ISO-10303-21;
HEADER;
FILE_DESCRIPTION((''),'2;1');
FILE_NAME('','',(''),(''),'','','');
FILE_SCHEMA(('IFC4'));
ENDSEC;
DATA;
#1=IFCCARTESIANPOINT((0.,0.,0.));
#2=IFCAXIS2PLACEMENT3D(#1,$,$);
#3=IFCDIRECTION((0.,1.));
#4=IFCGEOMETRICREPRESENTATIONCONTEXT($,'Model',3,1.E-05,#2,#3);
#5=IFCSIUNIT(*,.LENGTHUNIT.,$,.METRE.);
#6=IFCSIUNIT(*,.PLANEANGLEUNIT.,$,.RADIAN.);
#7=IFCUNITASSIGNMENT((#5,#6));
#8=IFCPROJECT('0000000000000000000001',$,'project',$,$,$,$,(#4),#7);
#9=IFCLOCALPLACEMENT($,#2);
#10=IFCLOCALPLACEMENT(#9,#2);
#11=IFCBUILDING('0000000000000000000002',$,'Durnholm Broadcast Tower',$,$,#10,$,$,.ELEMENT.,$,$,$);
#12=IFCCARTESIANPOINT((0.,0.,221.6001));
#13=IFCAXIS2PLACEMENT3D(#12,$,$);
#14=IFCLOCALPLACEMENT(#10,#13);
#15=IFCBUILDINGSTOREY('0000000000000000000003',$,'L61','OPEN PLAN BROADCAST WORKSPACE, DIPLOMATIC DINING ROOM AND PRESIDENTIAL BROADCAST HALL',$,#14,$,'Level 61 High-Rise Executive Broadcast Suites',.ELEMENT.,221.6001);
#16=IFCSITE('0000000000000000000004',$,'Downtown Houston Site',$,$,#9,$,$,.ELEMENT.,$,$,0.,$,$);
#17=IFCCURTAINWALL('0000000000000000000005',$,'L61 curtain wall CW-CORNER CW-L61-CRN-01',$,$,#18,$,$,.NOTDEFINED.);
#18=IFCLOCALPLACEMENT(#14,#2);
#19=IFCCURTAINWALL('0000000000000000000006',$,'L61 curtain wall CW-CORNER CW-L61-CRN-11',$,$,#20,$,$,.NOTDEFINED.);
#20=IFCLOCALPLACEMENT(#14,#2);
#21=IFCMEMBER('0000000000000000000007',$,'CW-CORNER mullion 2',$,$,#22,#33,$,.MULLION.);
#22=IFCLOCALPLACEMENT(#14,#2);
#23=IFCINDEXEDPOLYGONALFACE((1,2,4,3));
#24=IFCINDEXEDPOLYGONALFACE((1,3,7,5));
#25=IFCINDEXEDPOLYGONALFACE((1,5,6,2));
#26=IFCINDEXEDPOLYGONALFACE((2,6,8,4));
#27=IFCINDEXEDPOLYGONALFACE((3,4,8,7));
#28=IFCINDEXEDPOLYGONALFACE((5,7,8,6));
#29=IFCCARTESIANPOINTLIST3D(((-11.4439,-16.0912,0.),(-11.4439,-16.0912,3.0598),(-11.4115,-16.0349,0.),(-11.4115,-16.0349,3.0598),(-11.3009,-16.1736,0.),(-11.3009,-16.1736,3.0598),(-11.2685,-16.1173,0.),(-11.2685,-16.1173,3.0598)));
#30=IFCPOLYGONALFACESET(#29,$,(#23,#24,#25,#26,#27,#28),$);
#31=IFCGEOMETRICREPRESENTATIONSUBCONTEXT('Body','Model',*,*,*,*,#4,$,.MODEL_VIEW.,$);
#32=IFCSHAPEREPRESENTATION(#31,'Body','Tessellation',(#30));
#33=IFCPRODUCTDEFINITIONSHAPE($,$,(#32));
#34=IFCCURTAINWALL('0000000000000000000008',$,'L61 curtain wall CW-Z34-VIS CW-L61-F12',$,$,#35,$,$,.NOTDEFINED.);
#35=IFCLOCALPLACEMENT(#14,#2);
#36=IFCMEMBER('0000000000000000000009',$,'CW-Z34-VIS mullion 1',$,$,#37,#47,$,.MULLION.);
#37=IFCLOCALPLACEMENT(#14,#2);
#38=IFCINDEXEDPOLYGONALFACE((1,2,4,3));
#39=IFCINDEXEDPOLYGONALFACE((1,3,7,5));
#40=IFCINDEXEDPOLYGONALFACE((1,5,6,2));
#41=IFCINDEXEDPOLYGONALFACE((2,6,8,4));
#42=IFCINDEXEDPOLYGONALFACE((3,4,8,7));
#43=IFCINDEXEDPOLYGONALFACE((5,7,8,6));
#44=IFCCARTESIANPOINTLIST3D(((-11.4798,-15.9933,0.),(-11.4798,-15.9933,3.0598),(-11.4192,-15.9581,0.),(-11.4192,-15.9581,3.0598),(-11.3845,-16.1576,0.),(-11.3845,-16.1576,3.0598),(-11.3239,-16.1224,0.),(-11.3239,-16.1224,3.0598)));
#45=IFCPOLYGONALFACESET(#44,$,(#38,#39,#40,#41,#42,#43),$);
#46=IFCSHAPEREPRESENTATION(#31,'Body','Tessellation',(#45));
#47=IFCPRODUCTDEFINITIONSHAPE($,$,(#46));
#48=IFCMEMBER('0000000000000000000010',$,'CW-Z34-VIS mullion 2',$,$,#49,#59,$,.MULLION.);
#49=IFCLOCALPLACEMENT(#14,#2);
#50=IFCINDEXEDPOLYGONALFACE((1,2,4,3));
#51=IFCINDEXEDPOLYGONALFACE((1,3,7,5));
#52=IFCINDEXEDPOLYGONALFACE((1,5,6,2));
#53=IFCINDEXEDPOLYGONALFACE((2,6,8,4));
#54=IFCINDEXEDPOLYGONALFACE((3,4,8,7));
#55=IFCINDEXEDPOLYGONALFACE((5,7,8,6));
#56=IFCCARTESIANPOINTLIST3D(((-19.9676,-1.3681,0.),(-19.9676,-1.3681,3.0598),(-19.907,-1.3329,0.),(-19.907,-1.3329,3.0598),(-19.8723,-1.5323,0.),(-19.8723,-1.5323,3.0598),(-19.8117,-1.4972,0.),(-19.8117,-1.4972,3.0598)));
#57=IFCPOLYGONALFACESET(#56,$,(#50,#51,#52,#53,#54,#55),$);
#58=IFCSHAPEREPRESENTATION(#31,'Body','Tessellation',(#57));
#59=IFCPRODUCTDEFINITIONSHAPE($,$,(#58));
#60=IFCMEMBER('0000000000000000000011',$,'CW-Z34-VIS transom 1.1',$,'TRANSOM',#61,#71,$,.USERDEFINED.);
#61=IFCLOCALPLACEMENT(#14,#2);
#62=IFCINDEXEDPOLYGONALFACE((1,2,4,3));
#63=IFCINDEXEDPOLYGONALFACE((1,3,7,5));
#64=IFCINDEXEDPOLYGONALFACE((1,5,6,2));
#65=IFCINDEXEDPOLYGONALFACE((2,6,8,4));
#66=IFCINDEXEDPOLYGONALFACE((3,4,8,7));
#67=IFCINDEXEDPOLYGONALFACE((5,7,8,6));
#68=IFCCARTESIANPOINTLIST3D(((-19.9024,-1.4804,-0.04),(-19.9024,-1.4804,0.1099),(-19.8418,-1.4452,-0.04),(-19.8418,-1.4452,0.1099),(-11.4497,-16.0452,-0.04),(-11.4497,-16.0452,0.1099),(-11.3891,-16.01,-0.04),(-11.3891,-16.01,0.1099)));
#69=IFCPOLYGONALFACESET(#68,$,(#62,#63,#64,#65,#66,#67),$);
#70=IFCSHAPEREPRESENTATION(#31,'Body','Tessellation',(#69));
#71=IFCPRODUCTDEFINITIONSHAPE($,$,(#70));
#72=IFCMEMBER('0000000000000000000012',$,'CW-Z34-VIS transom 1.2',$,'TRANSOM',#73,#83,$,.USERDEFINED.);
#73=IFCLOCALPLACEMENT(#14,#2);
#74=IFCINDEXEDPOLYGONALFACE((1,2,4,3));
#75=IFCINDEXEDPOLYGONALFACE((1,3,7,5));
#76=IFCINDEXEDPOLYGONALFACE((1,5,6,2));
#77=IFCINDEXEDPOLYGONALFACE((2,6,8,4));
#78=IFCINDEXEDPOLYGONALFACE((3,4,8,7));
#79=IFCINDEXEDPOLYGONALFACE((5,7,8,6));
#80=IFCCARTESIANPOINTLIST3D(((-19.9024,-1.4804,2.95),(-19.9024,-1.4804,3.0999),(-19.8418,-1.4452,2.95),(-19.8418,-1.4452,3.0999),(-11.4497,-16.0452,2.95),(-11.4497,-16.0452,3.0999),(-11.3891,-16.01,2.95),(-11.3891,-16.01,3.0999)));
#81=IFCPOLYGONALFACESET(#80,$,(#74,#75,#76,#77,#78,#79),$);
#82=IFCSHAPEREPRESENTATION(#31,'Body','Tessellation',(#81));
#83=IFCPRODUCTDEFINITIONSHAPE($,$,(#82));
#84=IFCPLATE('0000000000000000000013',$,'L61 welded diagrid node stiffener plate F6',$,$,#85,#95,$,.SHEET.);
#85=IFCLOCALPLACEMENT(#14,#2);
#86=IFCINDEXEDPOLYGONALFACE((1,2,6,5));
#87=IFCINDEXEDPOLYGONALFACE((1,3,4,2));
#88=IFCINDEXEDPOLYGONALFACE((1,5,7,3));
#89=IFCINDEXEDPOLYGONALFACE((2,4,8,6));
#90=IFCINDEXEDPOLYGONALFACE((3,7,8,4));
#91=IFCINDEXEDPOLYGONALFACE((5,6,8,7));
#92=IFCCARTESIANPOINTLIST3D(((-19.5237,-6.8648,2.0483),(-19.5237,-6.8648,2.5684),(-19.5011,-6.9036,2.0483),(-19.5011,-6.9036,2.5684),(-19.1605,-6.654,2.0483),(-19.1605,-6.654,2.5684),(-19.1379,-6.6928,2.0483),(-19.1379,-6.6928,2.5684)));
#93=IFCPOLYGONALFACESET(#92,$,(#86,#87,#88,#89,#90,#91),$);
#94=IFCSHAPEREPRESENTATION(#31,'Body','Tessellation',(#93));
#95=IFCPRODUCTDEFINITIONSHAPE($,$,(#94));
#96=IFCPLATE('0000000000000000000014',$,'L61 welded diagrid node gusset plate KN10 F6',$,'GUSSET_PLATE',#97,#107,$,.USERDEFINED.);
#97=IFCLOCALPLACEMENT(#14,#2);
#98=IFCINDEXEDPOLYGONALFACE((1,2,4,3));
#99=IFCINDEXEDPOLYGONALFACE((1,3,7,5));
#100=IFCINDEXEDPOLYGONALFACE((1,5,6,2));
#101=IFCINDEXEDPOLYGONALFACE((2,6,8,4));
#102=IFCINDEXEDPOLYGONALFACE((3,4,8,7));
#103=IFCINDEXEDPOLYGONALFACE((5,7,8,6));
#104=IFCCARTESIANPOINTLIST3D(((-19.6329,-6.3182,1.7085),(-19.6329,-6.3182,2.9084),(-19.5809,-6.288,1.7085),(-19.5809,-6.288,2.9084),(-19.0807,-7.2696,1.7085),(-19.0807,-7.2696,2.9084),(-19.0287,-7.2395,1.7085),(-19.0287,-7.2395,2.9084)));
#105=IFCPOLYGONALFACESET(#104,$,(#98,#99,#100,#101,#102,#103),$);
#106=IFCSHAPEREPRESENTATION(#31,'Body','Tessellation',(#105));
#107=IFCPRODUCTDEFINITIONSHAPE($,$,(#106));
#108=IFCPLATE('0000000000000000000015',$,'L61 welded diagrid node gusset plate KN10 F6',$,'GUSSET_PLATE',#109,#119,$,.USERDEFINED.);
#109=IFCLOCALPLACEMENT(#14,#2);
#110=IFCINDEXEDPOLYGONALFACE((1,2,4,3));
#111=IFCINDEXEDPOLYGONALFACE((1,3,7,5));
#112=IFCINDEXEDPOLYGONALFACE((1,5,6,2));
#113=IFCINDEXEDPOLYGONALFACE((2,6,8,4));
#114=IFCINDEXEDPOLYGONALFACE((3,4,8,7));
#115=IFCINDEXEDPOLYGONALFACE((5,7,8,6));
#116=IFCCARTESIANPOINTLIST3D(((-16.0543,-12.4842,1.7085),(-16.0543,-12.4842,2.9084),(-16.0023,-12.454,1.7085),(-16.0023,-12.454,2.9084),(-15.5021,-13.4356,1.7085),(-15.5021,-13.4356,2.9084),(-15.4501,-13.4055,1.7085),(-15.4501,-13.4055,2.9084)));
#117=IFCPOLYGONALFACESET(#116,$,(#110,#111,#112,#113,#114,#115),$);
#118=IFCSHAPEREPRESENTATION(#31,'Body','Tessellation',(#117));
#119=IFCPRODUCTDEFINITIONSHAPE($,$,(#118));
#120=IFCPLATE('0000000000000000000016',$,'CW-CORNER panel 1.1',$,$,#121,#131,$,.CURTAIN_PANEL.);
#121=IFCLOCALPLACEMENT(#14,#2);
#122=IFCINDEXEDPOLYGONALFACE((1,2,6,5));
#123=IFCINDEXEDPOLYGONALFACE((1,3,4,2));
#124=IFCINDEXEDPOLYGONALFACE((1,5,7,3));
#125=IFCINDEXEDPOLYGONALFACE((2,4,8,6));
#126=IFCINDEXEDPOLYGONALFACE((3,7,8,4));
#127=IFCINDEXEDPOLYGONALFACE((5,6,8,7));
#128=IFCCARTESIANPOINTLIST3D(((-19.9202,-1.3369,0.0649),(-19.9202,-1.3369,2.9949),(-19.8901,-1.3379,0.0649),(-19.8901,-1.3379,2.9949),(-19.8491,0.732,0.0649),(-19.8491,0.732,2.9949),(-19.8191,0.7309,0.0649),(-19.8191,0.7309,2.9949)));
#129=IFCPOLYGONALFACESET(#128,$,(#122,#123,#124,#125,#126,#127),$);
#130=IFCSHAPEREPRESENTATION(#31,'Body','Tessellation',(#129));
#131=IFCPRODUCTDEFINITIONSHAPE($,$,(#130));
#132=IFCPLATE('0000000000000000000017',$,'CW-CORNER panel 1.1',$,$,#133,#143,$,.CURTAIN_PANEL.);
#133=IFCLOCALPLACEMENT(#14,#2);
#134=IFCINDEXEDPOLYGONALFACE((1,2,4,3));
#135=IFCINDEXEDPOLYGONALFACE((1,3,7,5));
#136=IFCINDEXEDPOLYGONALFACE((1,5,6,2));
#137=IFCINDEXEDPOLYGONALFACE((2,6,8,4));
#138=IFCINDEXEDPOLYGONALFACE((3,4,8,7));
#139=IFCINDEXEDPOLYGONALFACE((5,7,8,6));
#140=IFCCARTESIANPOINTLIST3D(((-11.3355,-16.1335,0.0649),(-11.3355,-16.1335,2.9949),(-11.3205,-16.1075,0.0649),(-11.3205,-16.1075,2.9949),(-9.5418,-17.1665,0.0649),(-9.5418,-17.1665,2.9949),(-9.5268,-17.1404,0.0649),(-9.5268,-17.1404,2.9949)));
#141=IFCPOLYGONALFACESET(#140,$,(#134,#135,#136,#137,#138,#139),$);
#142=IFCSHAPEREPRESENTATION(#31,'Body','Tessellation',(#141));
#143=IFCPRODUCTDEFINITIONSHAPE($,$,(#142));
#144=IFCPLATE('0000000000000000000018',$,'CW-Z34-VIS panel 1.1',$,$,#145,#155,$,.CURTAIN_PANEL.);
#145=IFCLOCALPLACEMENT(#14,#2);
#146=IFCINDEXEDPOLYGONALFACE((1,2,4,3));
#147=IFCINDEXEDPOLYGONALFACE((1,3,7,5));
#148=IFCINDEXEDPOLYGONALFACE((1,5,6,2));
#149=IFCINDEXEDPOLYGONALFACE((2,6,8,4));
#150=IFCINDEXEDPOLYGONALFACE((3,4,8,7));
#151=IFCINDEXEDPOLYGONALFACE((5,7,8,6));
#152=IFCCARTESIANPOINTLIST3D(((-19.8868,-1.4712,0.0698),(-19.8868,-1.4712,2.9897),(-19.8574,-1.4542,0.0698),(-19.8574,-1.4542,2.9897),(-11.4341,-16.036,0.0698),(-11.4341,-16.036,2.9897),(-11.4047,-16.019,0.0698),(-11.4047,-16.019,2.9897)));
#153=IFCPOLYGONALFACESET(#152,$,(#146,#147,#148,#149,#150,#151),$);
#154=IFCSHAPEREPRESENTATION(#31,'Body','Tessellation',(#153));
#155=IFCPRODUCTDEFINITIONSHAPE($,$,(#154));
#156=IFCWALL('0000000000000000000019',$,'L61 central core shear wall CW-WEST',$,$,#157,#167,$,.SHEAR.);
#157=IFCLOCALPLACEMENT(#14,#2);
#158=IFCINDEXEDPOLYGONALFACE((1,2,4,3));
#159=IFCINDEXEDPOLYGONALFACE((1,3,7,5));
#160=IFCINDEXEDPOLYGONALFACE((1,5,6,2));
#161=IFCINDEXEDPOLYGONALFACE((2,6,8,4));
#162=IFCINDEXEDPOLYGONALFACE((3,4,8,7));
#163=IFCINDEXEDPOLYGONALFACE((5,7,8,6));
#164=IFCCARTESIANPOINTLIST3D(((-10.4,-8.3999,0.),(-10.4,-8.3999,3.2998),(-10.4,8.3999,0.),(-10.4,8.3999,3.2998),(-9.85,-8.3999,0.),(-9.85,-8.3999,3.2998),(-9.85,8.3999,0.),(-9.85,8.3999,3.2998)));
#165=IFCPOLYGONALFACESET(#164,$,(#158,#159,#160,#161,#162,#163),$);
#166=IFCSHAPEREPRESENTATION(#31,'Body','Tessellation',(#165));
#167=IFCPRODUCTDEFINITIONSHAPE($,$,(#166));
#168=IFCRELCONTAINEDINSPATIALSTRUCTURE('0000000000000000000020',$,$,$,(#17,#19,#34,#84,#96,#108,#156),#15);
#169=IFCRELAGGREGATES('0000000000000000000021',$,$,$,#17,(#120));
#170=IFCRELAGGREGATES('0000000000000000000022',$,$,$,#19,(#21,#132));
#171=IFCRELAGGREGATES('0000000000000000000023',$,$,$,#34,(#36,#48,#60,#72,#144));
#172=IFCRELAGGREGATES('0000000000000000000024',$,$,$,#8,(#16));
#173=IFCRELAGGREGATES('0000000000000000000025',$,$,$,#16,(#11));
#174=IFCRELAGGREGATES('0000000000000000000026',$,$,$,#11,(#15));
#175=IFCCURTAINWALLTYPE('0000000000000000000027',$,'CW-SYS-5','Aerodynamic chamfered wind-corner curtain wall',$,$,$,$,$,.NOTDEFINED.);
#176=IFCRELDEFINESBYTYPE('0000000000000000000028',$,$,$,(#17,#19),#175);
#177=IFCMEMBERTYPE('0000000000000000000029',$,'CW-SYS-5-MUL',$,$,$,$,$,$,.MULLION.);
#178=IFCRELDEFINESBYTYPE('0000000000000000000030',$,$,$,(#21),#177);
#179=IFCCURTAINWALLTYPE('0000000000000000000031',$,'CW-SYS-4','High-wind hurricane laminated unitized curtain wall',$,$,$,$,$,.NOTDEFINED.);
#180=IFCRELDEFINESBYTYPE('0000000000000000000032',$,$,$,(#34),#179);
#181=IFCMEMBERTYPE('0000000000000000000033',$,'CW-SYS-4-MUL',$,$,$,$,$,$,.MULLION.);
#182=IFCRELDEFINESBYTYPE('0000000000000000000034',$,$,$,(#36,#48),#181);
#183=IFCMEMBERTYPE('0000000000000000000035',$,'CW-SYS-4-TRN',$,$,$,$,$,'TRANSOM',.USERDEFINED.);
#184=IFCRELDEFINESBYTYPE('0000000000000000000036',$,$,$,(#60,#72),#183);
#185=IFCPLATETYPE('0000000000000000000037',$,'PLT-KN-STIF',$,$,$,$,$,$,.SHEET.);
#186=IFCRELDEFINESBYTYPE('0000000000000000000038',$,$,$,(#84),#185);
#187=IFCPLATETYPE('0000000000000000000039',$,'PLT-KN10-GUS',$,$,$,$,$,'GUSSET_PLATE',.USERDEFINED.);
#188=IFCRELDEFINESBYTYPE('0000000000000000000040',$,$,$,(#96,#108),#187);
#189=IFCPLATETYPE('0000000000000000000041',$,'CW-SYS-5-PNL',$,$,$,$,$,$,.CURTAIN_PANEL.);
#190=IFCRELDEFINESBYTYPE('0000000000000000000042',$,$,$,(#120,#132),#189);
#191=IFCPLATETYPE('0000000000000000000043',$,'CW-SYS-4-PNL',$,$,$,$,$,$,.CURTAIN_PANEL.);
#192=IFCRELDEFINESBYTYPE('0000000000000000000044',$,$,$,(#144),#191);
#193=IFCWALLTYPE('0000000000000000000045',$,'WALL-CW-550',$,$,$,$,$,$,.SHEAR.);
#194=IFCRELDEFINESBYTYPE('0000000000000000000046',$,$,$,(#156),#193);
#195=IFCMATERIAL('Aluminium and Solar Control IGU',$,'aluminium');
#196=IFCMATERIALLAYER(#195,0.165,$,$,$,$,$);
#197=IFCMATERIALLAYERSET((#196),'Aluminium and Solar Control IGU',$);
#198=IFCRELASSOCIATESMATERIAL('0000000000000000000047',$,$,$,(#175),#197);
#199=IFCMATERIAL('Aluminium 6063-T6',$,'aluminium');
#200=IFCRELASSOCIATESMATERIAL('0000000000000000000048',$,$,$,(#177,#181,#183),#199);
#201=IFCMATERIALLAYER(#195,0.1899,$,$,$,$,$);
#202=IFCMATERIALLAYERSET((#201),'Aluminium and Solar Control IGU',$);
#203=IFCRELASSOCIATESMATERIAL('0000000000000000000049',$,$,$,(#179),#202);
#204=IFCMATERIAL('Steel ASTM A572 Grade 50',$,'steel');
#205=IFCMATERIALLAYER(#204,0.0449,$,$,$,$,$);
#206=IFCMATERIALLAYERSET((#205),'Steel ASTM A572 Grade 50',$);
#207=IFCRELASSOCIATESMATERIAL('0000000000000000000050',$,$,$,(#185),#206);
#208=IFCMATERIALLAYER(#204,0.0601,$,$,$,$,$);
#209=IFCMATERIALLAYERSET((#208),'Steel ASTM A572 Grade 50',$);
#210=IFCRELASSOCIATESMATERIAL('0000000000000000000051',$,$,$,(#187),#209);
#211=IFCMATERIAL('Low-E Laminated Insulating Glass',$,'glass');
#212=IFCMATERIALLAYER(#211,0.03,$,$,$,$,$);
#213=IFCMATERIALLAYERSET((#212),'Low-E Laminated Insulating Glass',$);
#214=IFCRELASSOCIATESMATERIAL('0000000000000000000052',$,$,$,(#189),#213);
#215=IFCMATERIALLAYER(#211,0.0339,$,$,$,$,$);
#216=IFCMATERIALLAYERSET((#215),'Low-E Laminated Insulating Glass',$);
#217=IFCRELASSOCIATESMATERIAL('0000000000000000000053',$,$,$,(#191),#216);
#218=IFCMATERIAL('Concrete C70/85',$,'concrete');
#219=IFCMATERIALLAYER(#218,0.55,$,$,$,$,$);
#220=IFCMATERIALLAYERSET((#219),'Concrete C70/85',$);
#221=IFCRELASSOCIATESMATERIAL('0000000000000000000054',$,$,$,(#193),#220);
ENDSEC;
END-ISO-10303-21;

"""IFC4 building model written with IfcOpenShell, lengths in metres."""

from ifc_helpers import new_model, si_unit, direction, frame, frame_2d, origin, origin_2d, place, context, subcontext, project, spatial, rectangle, extrude, source, transform, mapped, material, layer, layer_set, material_profile, profile_set, type_object, type_shapes, element, aggregate, save


model = new_model("IFC4")

# Units and contexts
model_context = context("Model", 3, precision=1e-05, world=origin(), true_north=direction((0.0, 1.0)))
body_context = subcontext(model_context, "Body", "Model", "MODEL_VIEW")
ifc_project = project(units=[si_unit("LENGTHUNIT", "METRE"), si_unit("PLANEANGLEUNIT", "RADIAN")], contexts=[model_context])

# Site, building, storey
site_placement = place(None, origin())
site = spatial("IfcSite", under=ifc_project, at=site_placement, Name="Downtown Houston Site", CompositionType="ELEMENT", RefElevation=0.0)
building_placement = place(site_placement, origin())
building = spatial("IfcBuilding", under=site, at=building_placement, Name="Durnholm Broadcast Tower", CompositionType="ELEMENT")
storey_placement = place(building_placement, frame((0.0, 0.0, 221.6001)))
storey = spatial("IfcBuildingStorey", under=building, at=storey_placement, Name="L61", Description="OPEN PLAN BROADCAST WORKSPACE, DIPLOMATIC DINING ROOM AND PRESIDENTIAL BROADCAST HALL", LongName="Level 61 High-Rise Executive Broadcast Suites", CompositionType="ELEMENT", Elevation=221.6001)

# Shared definitions
ifc_material_1 = material(Name="Concrete C70/85", Category="concrete")

# Curtain wall
ifc_material_2 = material(Name="Aluminium and Solar Control IGU", Category="aluminium")
ifc_layer_1 = layer(ifc_material_2, 0.165)
ifc_layer_set_1 = layer_set([ifc_layer_1], Name="Aluminium and Solar Control IGU")
curtain_wall_type_1 = type_object("IfcCurtainWallType", Name="CW-SYS-5", Description="Aerodynamic chamfered wind-corner curtain wall", PredefinedType="NOTDEFINED", material=ifc_layer_set_1)
curtain_wall_1_placement = place(storey_placement, origin())
curtain_wall_1 = element("IfcCurtainWall", 1, at=curtain_wall_1_placement, inside=storey, type_object=curtain_wall_type_1, Name="L61 curtain wall CW-CORNER CW-L61-CRN-01", PredefinedType="NOTDEFINED")
ifc_material_3 = material(Name="Aluminium 6063-T6", Category="aluminium")
ifc_material_profile_1 = material_profile(ifc_material_3, rectangle(XDim=0.0649, YDim=0.165, at=origin_2d()), Name="CWM65X165")
ifc_profile_set_1 = profile_set([ifc_material_profile_1], Name="Aluminium 6063-T6")
member_type_1 = type_object("IfcMemberType", Name="CW-SYS-5-MUL", PredefinedType="MULLION", material=ifc_profile_set_1)
shared_shape_1 = source(origin(), body_context, "Body", "SweptSolid", [
    extrude(rectangle(XDim=0.0649, YDim=0.165, at=origin_2d()), origin(), (0.0, 0.0, 1.0), 3.0598),
])
type_shapes(member_type_1, [shared_shape_1])

# Curtain wall, member
curtain_wall_2_placement = place(storey_placement, origin())
curtain_wall_2 = element("IfcCurtainWall", 2, at=curtain_wall_2_placement, inside=storey, type_object=curtain_wall_type_1, Name="L61 curtain wall CW-CORNER CW-L61-CRN-11", PredefinedType="NOTDEFINED")
member_1_placement = place(storey_placement, frame((-11.3562, -16.1042, 0.0), z_axis=(0.0, 0.0, 1.0), x_axis=(-0.499059, -0.866568, 0.0)))
member_1 = element("IfcMember", 3, at=member_1_placement, type_object=member_type_1, Name="CW-CORNER mullion 2", PredefinedType="MULLION", context=body_context, shape_type="MappedRepresentation", body=[
    mapped(shared_shape_1, transform((0.0, 0.0, 0.0), x_axis=(1.0, 0.0, 0.0), y_axis=(0.0, 1.0, 0.0), z_axis=(0.0, 0.0, 1.0), scale=1.0)),
])

# Curtain wall, members
ifc_layer_2 = layer(ifc_material_2, 0.1899)
ifc_layer_set_2 = layer_set([ifc_layer_2], Name="Aluminium and Solar Control IGU")
curtain_wall_type_2 = type_object("IfcCurtainWallType", Name="CW-SYS-4", Description="High-wind hurricane laminated unitized curtain wall", PredefinedType="NOTDEFINED", material=ifc_layer_set_2)
curtain_wall_3_placement = place(storey_placement, origin())
curtain_wall_3 = element("IfcCurtainWall", 4, at=curtain_wall_3_placement, inside=storey, type_object=curtain_wall_type_2, Name="L61 curtain wall CW-Z34-VIS CW-L61-F12", PredefinedType="NOTDEFINED")
ifc_material_profile_2 = material_profile(ifc_material_3, rectangle(XDim=0.0701, YDim=0.1899, at=origin_2d()), Name="CWM70X190")
ifc_profile_set_2 = profile_set([ifc_material_profile_2], Name="Aluminium 6063-T6")
member_type_2 = type_object("IfcMemberType", Name="CW-SYS-4-MUL", PredefinedType="MULLION", material=ifc_profile_set_2)
shared_shape_2 = source(origin(), body_context, "Body", "SweptSolid", [
    extrude(rectangle(XDim=0.0701, YDim=0.1899, at=origin_2d()), origin(), (0.0, 0.0, 1.0), 3.0598),
])
type_shapes(member_type_2, [shared_shape_2])
member_2_placement = place(storey_placement, frame((-11.4019, -16.0579, 0.0), z_axis=(0.0, 0.0, 1.0), x_axis=(-0.8649, -0.501944, 0.0)))
member_2 = element("IfcMember", 5, at=member_2_placement, type_object=member_type_2, Name="CW-Z34-VIS mullion 1", PredefinedType="MULLION", context=body_context, shape_type="MappedRepresentation", body=[
    mapped(shared_shape_2, transform((0.0, 0.0, 0.0), x_axis=(1.0, 0.0, 0.0), y_axis=(0.0, 1.0, 0.0), z_axis=(0.0, 0.0, 1.0), scale=1.0)),
])
member_3_placement = place(storey_placement, frame((-19.8896, -1.4326, 0.0), z_axis=(0.0, 0.0, 1.0), x_axis=(-0.8649, -0.501944, 0.0)))
member_3 = element("IfcMember", 6, at=member_3_placement, type_object=member_type_2, Name="CW-Z34-VIS mullion 2", PredefinedType="MULLION", context=body_context, shape_type="MappedRepresentation", body=[
    mapped(shared_shape_2, transform((0.0, 0.0, 0.0), x_axis=(1.0, 0.0, 0.0), y_axis=(0.0, 1.0, 0.0), z_axis=(0.0, 0.0, 1.0), scale=1.0)),
])
ifc_material_profile_3 = material_profile(ifc_material_3, rectangle(XDim=0.0701, YDim=0.1499, at=origin_2d()), Name="CWT70X150")
ifc_profile_set_3 = profile_set([ifc_material_profile_3], Name="Aluminium 6063-T6")
member_type_3 = type_object("IfcMemberType", Name="CW-SYS-4-TRN", ElementType="TRANSOM", PredefinedType="USERDEFINED", material=ifc_profile_set_3)
shared_shape_3 = source(origin(), body_context, "Body", "SweptSolid", [
    extrude(rectangle(XDim=0.0701, YDim=0.1499, at=origin_2d()), origin(), (0.0, 0.0, 1.0), 16.8398),
])
type_shapes(member_type_3, [shared_shape_3])
member_4_placement = place(storey_placement, frame((-11.4194, -16.0276, 0.0349), z_axis=(-0.501945, 0.864899, 0.0), x_axis=(-0.864899, -0.501945, 0.0)))
member_4 = element("IfcMember", 7, at=member_4_placement, type_object=member_type_3, Name="CW-Z34-VIS transom 1.1", ObjectType="TRANSOM", PredefinedType="USERDEFINED", context=body_context, shape_type="MappedRepresentation", body=[
    mapped(shared_shape_3, transform((0.0, 0.0, 0.0), x_axis=(1.0, 0.0, 0.0), y_axis=(0.0, 1.0, 0.0), z_axis=(0.0, 0.0, 1.0), scale=1.0)),
])
member_5_placement = place(storey_placement, frame((-11.4194, -16.0276, 3.0249), z_axis=(-0.501945, 0.864899, 0.0), x_axis=(-0.864899, -0.501945, 0.0)))
member_5 = element("IfcMember", 8, at=member_5_placement, type_object=member_type_3, Name="CW-Z34-VIS transom 1.2", ObjectType="TRANSOM", PredefinedType="USERDEFINED", context=body_context, shape_type="MappedRepresentation", body=[
    mapped(shared_shape_3, transform((0.0, 0.0, 0.0), x_axis=(1.0, 0.0, 0.0), y_axis=(0.0, 1.0, 0.0), z_axis=(0.0, 0.0, 1.0), scale=1.0)),
])

# Plates
ifc_material_4 = material(Name="Steel ASTM A572 Grade 50", Category="steel")
ifc_layer_3 = layer(ifc_material_4, 0.0449)
ifc_layer_set_3 = layer_set([ifc_layer_3], Name="Steel ASTM A572 Grade 50")
plate_type_1 = type_object("IfcPlateType", Name="PLT-KN-STIF", PredefinedType="SHEET", material=ifc_layer_set_3)
shared_shape_4 = source(origin(), body_context, "Body", "SweptSolid", [
    extrude(rectangle(XDim=0.0449, YDim=0.4199, at=origin_2d()), origin(), (0.0, 0.0, 1.0), 0.52),
])
type_shapes(plate_type_1, [shared_shape_4])
plate_1_placement = place(storey_placement, frame((-19.3308, -6.7788, 2.0483), z_axis=(0.0, 0.0, 1.0), x_axis=(0.501964, -0.864889, 0.0)))
element("IfcPlate", 9, at=plate_1_placement, inside=storey, type_object=plate_type_1, Name="L61 welded diagrid node stiffener plate F6", PredefinedType="SHEET", context=body_context, shape_type="MappedRepresentation", body=[
    mapped(shared_shape_4, transform((0.0, 0.0, 0.0), x_axis=(1.0, 0.0, 0.0), y_axis=(0.0, 1.0, 0.0), z_axis=(0.0, 0.0, 1.0), scale=1.0)),
])
ifc_layer_4 = layer(ifc_material_4, 0.0601)
ifc_layer_set_4 = layer_set([ifc_layer_4], Name="Steel ASTM A572 Grade 50")
plate_type_2 = type_object("IfcPlateType", Name="PLT-KN10-GUS", ElementType="GUSSET_PLATE", PredefinedType="USERDEFINED", material=ifc_layer_set_4)
shared_shape_5 = source(origin(), body_context, "Body", "SweptSolid", [
    extrude(rectangle(XDim=1.1001, YDim=0.0601, at=origin_2d()), origin(), (0.0, 0.0, 1.0), 1.2),
])
type_shapes(plate_type_2, [shared_shape_5])
for number, where, z_axis, x_axis, name in (
    (10, (-19.3308, -6.7788, 1.7085), (0.0, 0.0, 1.0), (0.501964, -0.864889, 0.0), "L61 welded diagrid node gusset plate KN10 F6"),
    (11, (-15.7522, -12.9448, 1.7085), (0.0, 0.0, 1.0), (0.501964, -0.864889, 0.0), "L61 welded diagrid node gusset plate KN10 F6"),
):
    element("IfcPlate", number, at=place(storey_placement, frame(where, z_axis=z_axis, x_axis=x_axis)), inside=storey, type_object=plate_type_2, Name=name, ObjectType="GUSSET_PLATE", PredefinedType="USERDEFINED", context=body_context, shape_type="MappedRepresentation", body=[
        mapped(shared_shape_5, transform((0.0, 0.0, 0.0), x_axis=(1.0, 0.0, 0.0), y_axis=(0.0, 1.0, 0.0), z_axis=(0.0, 0.0, 1.0), scale=1.0)),
    ])

# Plates
ifc_material_5 = material(Name="Low-E Laminated Insulating Glass", Category="glass")
ifc_layer_5 = layer(ifc_material_5, 0.03)
ifc_layer_set_5 = layer_set([ifc_layer_5], Name="Low-E Laminated Insulating Glass")
plate_type_3 = type_object("IfcPlateType", Name="CW-SYS-5-PNL", PredefinedType="CURTAIN_PANEL", material=ifc_layer_set_5)
shared_shape_6 = source(origin(), body_context, "Body", "SweptSolid", [
    extrude(rectangle(XDim=2.0701, YDim=0.03, at=origin_2d()), origin(), (0.0, 0.0, 1.0), 2.9299),
])
plate_2_placement = place(storey_placement, frame((-19.8696, -0.303, 0.0649), z_axis=(0.0, 0.0, 1.0), x_axis=(0.034318, 0.999411, 0.0)))
plate_2 = element("IfcPlate", 12, at=plate_2_placement, type_object=plate_type_3, Name="CW-CORNER panel 1.1", PredefinedType="CURTAIN_PANEL", context=body_context, shape_type="MappedRepresentation", body=[
    mapped(shared_shape_6, transform((0.0, 0.0, 0.0), x_axis=(1.0, 0.0, 0.0), y_axis=(0.0, 1.0, 0.0), z_axis=(0.0, 0.0, 1.0), scale=1.0)),
])
aggregate(curtain_wall_1, [plate_2])
shared_shape_7 = source(origin(), body_context, "Body", "SweptSolid", [
    extrude(rectangle(XDim=2.0698, YDim=0.03, at=origin_2d()), origin(), (0.0, 0.0, 1.0), 2.9299),
])
type_shapes(plate_type_3, [shared_shape_6, shared_shape_7])
plate_3_placement = place(storey_placement, frame((-10.4312, -16.637, 0.0649), z_axis=(0.0, 0.0, 1.0), x_axis=(-0.866568, 0.499059, 0.0)))
plate_3 = element("IfcPlate", 13, at=plate_3_placement, type_object=plate_type_3, Name="CW-CORNER panel 1.1", PredefinedType="CURTAIN_PANEL", context=body_context, shape_type="MappedRepresentation", body=[
    mapped(shared_shape_7, transform((0.0, 0.0, 0.0), x_axis=(1.0, 0.0, 0.0), y_axis=(0.0, 1.0, 0.0), z_axis=(0.0, 0.0, 1.0), scale=1.0)),
])
aggregate(curtain_wall_2, [member_1, plate_3])
ifc_layer_6 = layer(ifc_material_5, 0.0339)
ifc_layer_set_6 = layer_set([ifc_layer_6], Name="Low-E Laminated Insulating Glass")
plate_type_4 = type_object("IfcPlateType", Name="CW-SYS-4-PNL", PredefinedType="CURTAIN_PANEL", material=ifc_layer_set_6)
shared_shape_8 = source(origin(), body_context, "Body", "SweptSolid", [
    extrude(rectangle(XDim=16.8398, YDim=0.0339, at=origin_2d()), origin(), (0.0, 0.0, 1.0), 2.9199),
])
type_shapes(plate_type_4, [shared_shape_8])
plate_4_placement = place(storey_placement, frame((-15.6458, -8.7451, 0.0698), z_axis=(0.0, 0.0, 1.0), x_axis=(-0.501944, 0.8649, 0.0)))
plate_4 = element("IfcPlate", 14, at=plate_4_placement, type_object=plate_type_4, Name="CW-Z34-VIS panel 1.1", PredefinedType="CURTAIN_PANEL", context=body_context, shape_type="MappedRepresentation", body=[
    mapped(shared_shape_8, transform((0.0, 0.0, 0.0), x_axis=(1.0, 0.0, 0.0), y_axis=(0.0, 1.0, 0.0), z_axis=(0.0, 0.0, 1.0), scale=1.0)),
])
aggregate(curtain_wall_3, [member_2, member_3, member_4, member_5, plate_4])

# Wall
ifc_layer_7 = layer(ifc_material_1, 0.55)
ifc_layer_set_7 = layer_set([ifc_layer_7], Name="Concrete C70/85")
wall_type_1 = type_object("IfcWallType", Name="WALL-CW-550", PredefinedType="SHEAR", material=ifc_layer_set_7)
wall_1_placement = place(storey_placement, frame((-10.125, -8.3999, 0.0), z_axis=(0.0, 0.0, 1.0), x_axis=(0.0, 1.0, 0.0)))
element("IfcWall", 15, at=wall_1_placement, inside=storey, type_object=wall_type_1, Name="L61 central core shear wall CW-WEST", PredefinedType="SHEAR", context=body_context, shape_type="SweptSolid", body=[
    extrude(rectangle(XDim=16.7998, YDim=0.55, at=frame_2d((8.3999, 0.0))), origin(), (0.0, 0.0, 1.0), 3.2998),
])

save(model, "model.ifc")
